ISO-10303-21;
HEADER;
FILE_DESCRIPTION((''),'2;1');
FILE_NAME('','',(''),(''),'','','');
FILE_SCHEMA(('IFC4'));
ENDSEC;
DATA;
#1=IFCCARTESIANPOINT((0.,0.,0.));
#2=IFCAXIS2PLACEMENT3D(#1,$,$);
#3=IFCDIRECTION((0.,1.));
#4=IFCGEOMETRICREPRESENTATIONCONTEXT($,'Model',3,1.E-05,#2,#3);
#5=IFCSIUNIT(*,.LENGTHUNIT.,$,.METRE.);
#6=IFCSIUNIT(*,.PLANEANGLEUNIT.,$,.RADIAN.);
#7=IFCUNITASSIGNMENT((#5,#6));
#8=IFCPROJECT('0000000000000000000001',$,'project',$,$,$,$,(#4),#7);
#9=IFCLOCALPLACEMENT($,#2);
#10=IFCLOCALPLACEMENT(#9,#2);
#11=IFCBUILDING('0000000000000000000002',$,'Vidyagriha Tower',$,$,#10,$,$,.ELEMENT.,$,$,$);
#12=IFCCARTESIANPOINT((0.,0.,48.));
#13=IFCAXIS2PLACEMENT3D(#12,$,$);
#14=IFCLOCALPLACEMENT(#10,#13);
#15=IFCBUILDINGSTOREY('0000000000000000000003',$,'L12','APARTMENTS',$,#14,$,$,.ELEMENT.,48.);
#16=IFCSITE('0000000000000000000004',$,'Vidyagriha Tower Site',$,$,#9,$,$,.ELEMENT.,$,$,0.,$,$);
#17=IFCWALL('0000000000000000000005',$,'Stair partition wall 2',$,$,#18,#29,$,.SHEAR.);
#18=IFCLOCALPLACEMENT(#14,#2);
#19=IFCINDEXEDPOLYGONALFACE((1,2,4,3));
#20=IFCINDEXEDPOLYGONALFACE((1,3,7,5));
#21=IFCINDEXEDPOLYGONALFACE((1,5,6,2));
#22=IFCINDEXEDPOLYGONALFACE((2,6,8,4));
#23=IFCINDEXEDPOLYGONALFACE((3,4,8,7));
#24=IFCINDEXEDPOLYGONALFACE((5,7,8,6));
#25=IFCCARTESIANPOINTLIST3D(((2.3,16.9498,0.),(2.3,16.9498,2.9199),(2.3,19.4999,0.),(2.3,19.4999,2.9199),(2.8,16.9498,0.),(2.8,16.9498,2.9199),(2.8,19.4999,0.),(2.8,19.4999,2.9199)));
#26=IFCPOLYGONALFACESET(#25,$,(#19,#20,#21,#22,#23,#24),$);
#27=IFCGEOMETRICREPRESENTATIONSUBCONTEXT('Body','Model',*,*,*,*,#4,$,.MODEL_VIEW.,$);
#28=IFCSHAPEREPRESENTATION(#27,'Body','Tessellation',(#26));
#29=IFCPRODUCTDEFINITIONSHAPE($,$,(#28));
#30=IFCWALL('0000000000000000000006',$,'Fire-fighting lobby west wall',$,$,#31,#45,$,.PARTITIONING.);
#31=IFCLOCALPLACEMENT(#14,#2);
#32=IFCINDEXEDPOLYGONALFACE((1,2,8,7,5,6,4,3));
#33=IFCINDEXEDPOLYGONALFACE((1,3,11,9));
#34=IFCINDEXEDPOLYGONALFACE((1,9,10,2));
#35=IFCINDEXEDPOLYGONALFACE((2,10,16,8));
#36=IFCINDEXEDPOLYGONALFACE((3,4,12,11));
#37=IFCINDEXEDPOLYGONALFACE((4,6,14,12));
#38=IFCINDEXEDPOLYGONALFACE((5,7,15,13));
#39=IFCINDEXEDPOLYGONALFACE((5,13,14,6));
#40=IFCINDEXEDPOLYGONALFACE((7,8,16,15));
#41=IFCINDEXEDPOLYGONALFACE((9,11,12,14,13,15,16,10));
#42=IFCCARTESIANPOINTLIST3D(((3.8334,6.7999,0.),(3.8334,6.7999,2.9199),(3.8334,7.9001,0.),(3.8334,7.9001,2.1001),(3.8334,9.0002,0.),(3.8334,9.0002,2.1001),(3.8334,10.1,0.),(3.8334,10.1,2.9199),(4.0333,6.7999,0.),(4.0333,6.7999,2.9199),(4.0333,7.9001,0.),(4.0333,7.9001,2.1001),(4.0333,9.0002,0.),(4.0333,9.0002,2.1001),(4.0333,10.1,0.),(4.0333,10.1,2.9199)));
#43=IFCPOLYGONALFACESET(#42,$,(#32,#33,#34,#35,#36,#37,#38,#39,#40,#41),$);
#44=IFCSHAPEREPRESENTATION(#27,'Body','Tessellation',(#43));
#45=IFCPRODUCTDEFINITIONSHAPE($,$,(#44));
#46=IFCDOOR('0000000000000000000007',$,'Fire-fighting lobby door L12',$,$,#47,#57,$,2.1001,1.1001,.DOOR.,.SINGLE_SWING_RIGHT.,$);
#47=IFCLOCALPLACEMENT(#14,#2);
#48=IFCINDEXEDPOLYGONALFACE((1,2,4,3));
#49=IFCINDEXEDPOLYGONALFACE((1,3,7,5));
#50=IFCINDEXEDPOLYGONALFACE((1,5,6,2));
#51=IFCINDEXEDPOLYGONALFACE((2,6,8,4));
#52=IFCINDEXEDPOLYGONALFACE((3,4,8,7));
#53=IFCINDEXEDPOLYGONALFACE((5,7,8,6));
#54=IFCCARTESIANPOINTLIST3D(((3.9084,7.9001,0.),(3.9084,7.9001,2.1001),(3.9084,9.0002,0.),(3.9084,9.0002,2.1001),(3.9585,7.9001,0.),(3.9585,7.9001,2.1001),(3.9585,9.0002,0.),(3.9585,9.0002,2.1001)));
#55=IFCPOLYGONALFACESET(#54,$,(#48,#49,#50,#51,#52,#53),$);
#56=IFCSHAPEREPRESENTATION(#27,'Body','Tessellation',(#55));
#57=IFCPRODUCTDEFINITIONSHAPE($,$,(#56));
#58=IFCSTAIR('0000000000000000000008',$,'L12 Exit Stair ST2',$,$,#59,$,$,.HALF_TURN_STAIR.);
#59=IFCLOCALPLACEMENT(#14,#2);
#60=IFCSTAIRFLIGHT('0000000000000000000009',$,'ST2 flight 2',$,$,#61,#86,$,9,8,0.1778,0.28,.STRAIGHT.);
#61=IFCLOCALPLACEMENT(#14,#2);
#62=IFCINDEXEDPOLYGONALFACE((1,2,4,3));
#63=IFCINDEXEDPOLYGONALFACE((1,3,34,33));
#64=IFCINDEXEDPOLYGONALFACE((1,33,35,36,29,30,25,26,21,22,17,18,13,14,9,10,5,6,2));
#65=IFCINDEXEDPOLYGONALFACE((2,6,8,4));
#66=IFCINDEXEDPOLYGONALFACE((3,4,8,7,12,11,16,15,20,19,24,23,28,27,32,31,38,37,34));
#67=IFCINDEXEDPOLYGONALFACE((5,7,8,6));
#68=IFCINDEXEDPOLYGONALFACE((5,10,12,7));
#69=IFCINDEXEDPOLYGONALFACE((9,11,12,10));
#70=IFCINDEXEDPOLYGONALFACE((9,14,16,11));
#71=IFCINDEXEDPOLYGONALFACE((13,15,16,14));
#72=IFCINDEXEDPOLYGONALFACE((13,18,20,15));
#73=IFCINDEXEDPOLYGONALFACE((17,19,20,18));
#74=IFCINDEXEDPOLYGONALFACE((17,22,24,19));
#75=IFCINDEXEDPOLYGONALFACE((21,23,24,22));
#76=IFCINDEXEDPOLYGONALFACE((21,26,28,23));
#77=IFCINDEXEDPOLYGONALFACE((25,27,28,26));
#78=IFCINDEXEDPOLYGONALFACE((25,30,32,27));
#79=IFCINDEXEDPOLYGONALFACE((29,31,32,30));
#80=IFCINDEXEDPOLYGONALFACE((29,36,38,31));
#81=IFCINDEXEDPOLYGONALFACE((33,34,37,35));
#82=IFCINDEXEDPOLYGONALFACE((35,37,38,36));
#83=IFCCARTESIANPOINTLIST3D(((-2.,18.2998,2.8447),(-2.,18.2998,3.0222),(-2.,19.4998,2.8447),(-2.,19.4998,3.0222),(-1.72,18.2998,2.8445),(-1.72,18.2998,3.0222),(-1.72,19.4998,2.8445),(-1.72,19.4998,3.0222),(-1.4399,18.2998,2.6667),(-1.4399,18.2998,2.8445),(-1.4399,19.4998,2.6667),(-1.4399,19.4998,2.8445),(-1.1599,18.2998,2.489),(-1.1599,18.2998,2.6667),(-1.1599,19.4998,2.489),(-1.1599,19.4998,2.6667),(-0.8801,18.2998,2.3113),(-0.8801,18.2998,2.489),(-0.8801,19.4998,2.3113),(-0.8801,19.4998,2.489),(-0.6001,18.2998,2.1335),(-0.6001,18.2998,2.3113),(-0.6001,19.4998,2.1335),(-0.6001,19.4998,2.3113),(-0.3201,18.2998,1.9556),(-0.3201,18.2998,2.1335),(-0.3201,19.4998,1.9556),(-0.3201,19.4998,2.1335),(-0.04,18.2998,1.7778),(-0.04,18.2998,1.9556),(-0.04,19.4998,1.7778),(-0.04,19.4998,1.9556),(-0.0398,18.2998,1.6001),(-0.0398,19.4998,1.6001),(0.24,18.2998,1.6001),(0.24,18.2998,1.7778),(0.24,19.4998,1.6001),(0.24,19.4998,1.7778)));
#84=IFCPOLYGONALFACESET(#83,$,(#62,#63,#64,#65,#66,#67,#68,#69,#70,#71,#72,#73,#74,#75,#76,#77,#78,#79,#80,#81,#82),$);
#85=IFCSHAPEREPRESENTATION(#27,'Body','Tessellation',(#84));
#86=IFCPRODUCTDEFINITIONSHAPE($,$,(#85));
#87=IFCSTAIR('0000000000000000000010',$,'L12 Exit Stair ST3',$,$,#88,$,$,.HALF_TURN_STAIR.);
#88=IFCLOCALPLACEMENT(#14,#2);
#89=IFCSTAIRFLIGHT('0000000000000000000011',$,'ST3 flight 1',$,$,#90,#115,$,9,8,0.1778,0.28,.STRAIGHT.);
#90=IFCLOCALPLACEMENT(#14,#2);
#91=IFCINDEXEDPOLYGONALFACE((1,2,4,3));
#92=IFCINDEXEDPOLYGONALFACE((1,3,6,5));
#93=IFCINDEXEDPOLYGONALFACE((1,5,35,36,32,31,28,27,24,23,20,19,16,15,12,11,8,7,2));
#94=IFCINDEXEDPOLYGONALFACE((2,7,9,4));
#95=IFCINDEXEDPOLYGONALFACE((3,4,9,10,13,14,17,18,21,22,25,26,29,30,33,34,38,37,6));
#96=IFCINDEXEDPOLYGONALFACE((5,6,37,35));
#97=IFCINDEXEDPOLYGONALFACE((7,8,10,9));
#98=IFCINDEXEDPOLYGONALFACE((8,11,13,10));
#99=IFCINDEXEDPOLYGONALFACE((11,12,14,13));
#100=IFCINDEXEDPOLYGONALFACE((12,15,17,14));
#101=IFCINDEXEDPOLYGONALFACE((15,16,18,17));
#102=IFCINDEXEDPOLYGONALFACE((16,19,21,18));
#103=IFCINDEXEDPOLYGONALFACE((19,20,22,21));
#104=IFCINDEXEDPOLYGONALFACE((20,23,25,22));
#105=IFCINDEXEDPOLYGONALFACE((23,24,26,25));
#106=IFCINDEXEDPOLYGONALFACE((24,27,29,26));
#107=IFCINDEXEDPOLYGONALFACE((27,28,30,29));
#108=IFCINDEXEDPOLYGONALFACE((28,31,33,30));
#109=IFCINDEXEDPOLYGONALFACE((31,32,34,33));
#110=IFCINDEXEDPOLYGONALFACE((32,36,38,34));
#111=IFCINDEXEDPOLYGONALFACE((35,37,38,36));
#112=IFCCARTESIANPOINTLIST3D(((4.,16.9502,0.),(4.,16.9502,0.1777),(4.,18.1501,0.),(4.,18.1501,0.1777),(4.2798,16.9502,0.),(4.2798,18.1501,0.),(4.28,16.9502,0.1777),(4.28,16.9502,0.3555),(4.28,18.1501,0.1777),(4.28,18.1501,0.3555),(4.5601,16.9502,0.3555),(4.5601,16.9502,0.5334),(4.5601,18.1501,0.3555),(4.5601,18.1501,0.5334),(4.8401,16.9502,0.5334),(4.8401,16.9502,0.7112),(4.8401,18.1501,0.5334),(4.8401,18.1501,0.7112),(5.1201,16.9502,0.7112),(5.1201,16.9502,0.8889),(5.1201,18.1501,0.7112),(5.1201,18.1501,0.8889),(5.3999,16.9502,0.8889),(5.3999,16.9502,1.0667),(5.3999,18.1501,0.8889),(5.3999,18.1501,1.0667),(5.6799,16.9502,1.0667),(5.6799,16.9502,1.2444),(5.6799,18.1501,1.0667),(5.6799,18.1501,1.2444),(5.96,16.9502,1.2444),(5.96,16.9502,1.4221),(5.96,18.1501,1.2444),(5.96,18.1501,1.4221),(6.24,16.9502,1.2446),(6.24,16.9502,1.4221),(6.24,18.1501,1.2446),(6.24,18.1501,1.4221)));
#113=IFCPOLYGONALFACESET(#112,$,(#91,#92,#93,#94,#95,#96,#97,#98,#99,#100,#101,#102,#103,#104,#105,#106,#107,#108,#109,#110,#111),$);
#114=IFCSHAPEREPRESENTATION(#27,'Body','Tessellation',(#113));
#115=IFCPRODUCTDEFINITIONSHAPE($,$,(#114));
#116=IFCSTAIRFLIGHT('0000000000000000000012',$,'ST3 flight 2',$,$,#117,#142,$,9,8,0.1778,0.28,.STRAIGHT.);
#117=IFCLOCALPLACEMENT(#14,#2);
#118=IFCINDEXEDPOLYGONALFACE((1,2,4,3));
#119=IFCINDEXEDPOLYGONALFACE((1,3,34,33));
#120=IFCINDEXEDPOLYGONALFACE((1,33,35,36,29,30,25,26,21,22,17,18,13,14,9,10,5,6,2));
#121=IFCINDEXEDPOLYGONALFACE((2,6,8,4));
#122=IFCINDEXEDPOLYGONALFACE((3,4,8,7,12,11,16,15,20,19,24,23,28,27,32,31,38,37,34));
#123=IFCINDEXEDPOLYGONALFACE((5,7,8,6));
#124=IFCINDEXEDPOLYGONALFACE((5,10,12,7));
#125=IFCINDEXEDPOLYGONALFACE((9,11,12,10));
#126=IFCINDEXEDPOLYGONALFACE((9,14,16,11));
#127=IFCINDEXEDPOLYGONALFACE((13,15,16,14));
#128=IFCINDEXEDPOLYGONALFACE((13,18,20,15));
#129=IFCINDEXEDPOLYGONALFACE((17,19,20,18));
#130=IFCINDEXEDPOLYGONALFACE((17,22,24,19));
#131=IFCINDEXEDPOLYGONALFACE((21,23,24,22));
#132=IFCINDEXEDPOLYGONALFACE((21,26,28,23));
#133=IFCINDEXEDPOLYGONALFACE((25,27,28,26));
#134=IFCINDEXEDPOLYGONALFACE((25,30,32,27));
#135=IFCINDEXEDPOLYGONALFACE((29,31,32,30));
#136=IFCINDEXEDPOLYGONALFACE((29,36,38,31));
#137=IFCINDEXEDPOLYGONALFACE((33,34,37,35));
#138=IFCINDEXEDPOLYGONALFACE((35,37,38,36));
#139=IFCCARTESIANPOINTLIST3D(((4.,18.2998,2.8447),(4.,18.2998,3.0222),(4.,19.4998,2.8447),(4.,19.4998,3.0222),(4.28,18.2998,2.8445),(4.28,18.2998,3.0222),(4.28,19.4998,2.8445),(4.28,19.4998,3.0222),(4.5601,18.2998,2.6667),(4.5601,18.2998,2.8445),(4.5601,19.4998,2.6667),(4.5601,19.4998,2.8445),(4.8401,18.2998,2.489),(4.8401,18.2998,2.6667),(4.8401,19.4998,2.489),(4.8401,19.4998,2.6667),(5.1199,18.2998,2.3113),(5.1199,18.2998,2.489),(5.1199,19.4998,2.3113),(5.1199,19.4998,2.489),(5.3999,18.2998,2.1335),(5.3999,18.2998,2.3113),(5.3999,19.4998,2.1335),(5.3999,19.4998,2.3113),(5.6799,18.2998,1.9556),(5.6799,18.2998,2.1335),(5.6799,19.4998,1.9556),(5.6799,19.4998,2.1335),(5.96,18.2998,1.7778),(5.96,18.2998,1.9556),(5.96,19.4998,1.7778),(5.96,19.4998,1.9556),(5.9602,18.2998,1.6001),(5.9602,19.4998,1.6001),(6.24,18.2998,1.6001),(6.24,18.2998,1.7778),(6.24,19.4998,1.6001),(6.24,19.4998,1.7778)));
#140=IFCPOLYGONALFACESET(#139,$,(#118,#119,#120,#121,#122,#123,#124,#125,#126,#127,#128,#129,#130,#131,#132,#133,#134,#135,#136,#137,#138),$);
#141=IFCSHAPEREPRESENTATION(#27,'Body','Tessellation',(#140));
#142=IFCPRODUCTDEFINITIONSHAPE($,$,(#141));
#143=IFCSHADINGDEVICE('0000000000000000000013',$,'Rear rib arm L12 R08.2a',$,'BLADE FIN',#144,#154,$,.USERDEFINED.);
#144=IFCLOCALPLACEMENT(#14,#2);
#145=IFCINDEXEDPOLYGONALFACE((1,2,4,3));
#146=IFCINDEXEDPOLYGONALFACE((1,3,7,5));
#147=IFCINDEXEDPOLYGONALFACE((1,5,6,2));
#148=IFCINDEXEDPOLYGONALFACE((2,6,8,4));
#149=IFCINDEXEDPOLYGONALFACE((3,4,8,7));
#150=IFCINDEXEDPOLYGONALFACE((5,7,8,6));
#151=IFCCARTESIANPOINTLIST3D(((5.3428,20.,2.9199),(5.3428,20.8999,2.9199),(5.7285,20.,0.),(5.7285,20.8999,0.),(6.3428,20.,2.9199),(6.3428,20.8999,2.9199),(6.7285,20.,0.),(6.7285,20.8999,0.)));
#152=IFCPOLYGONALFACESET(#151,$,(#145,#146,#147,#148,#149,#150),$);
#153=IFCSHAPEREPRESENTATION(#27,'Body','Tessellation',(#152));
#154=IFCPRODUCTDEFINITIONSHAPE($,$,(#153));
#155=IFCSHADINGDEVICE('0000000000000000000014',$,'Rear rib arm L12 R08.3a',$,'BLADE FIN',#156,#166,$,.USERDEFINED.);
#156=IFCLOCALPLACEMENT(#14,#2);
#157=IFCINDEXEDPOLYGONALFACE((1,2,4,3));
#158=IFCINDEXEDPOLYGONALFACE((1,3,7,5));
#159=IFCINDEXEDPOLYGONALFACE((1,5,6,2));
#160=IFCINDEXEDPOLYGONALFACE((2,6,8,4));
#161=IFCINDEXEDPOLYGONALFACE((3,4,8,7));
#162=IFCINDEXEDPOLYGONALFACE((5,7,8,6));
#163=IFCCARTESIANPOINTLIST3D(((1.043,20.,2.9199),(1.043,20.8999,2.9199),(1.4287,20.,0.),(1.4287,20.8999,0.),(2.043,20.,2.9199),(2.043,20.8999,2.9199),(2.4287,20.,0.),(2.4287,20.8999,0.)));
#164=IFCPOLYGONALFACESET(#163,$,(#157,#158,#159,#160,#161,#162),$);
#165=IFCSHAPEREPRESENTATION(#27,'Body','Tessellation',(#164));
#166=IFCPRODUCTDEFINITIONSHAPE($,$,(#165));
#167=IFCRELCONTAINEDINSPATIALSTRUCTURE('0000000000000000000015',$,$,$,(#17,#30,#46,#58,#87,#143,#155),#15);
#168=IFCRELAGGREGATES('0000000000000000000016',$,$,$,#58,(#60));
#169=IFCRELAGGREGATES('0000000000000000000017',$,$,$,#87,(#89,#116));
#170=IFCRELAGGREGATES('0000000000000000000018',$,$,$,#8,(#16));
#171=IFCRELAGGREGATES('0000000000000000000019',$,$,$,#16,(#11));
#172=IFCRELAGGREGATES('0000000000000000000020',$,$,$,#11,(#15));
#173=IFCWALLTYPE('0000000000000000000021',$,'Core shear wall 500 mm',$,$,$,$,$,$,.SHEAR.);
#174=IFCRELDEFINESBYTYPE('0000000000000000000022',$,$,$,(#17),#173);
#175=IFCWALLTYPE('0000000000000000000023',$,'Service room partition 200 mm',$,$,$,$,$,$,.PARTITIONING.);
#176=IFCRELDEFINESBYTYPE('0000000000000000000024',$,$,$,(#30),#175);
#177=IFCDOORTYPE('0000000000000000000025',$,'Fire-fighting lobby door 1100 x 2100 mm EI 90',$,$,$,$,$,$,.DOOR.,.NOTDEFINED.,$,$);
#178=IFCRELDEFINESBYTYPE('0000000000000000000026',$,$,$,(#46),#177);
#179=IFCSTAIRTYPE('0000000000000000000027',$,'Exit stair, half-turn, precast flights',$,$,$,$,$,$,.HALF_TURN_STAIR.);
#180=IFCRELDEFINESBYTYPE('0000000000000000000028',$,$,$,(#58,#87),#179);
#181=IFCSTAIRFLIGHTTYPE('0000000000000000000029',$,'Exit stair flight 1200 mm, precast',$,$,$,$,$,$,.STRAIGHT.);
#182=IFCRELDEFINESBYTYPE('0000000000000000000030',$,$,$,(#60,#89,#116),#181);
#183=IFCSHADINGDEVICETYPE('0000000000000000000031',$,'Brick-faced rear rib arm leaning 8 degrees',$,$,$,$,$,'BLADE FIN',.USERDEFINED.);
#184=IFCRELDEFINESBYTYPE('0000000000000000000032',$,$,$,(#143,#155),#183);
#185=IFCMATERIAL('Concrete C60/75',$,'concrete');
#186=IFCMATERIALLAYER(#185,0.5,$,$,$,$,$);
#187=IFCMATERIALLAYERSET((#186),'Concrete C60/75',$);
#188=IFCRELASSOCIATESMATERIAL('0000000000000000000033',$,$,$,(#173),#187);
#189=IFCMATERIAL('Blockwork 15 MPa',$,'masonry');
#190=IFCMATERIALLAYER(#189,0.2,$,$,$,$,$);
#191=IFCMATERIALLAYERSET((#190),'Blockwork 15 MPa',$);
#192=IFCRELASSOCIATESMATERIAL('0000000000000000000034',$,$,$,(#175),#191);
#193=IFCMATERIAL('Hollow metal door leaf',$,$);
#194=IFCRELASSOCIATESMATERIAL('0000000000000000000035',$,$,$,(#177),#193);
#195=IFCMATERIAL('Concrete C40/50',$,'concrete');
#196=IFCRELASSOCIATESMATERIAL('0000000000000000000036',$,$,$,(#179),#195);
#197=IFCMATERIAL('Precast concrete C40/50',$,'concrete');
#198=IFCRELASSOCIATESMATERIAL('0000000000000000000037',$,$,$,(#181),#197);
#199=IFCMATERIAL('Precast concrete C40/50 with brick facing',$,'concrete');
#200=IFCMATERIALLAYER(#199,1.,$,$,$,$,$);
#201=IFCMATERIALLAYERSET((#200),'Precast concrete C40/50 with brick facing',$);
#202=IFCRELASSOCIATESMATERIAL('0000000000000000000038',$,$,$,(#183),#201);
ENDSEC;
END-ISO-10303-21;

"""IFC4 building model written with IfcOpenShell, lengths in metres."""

from ifc_helpers import new_model, si_unit, direction, frame, frame_2d, origin, place, context, subcontext, project, spatial, polyline, rectangle, outline, extrude, material, layer, layer_set, type_object, element, fill, aggregate, save


model = new_model("IFC4")

# Units and contexts
model_context = context("Model", 3, precision=1e-05, world=origin(), true_north=direction((0.0, 1.0)))
body_context = subcontext(model_context, "Body", "Model", "MODEL_VIEW")
ifc_project = project(units=[si_unit("LENGTHUNIT", "METRE"), si_unit("PLANEANGLEUNIT", "RADIAN")], contexts=[model_context])

# Site, building, storey
site_placement = place(None, origin())
site = spatial("IfcSite", under=ifc_project, at=site_placement, Name="Vidyagriha Tower Site", CompositionType="ELEMENT", RefElevation=0.0)
building_placement = place(site_placement, origin())
building = spatial("IfcBuilding", under=site, at=building_placement, Name="Vidyagriha Tower", CompositionType="ELEMENT")
storey_placement = place(building_placement, frame((0.0, 0.0, 48.0)))
storey = spatial("IfcBuildingStorey", under=building, at=storey_placement, Name="L12", Description="APARTMENTS", CompositionType="ELEMENT", Elevation=48.0)

# Wall
ifc_material_1 = material(Name="Concrete C60/75", Category="concrete")
ifc_layer_1 = layer(ifc_material_1, 0.5)
ifc_layer_set_1 = layer_set([ifc_layer_1], Name="Concrete C60/75")
wall_type_1 = type_object("IfcWallType", Name="Core shear wall 500 mm", PredefinedType="SHEAR", material=ifc_layer_set_1)
wall_1_placement = place(storey_placement, frame((2.55, 16.95, 0.0), z_axis=(0.0, 0.0, 1.0), x_axis=(0.0, 1.0, 0.0)))
element("IfcWall", 1, at=wall_1_placement, inside=storey, type_object=wall_type_1, Name="Stair partition wall 2", PredefinedType="SHEAR", context=body_context, shape_type="SweptSolid", body=[
    extrude(rectangle(XDim=2.55, YDim=0.5, at=frame_2d((1.2749, 0.0))), origin(), (0.0, 0.0, 1.0), 2.9199),
])

# Wall, opening, door
ifc_material_2 = material(Name="Blockwork 15 MPa", Category="masonry")
ifc_layer_2 = layer(ifc_material_2, 0.2)
ifc_layer_set_2 = layer_set([ifc_layer_2], Name="Blockwork 15 MPa")
wall_type_2 = type_object("IfcWallType", Name="Service room partition 200 mm", PredefinedType="PARTITIONING", material=ifc_layer_set_2)
wall_2_placement = place(storey_placement, frame((3.9333, 6.8, 0.0), z_axis=(0.0, 0.0, 1.0), x_axis=(0.0, 1.0, 0.0)))
wall_2 = element("IfcWall", 2, at=wall_2_placement, inside=storey, type_object=wall_type_2, Name="Fire-fighting lobby west wall", PredefinedType="PARTITIONING", context=body_context, shape_type="SweptSolid", body=[
    extrude(rectangle(XDim=3.3, YDim=0.2, at=frame_2d((1.6499, 0.0))), origin(), (0.0, 0.0, 1.0), 2.9199),
])
opening_1_placement = place(wall_2_placement, frame((1.1001, 0.0, 0.0)))
opening_1 = element("IfcOpeningElement", 3, at=opening_1_placement, cuts=wall_2, PredefinedType="OPENING", context=body_context, shape_type="SweptSolid", body=[
    extrude(rectangle(XDim=1.1001, YDim=2.1001, at=frame_2d((0.55, 1.05))), frame((0.0, 0.1099, 0.0), z_axis=(0.0, -1.0, 0.0), x_axis=(1.0, 0.0, 0.0)), (0.0, 0.0, 1.0), 0.22),
])
ifc_material_3 = material(Name="Hollow metal door leaf")
door_type_1 = type_object("IfcDoorType", Name="Fire-fighting lobby door 1100 x 2100 mm EI 90", OperationType="NOTDEFINED", PredefinedType="DOOR", material=ifc_material_3)
door_1_placement = place(opening_1_placement, origin())
door_1 = element("IfcDoor", 4, at=door_1_placement, inside=storey, type_object=door_type_1, Name="Fire-fighting lobby door L12", OperationType="SINGLE_SWING_RIGHT", OverallHeight=2.1001, OverallWidth=1.1001, PredefinedType="DOOR", context=body_context, shape_type="SweptSolid", body=[
    extrude(rectangle(XDim=1.1001, YDim=2.1001, at=frame_2d((0.55, 1.05))), frame((0.0, 0.0249, 0.0), z_axis=(0.0, -1.0, 0.0), x_axis=(1.0, 0.0, 0.0)), (0.0, 0.0, 1.0), 0.05),
])
fill(opening_1, door_1)

# Stair, stair flight
ifc_material_4 = material(Name="Concrete C40/50", Category="concrete")
stair_type = type_object("IfcStairType", Name="Exit stair, half-turn, precast flights", PredefinedType="HALF_TURN_STAIR", material=ifc_material_4)
stair_1_placement = place(storey_placement, origin())
stair_1 = element("IfcStair", 5, at=stair_1_placement, inside=storey, type_object=stair_type, Name="L12 Exit Stair ST2", PredefinedType="HALF_TURN_STAIR")
ifc_material_5 = material(Name="Precast concrete C40/50", Category="concrete")
stair_flight_type = type_object("IfcStairFlightType", Name="Exit stair flight 1200 mm, precast", PredefinedType="STRAIGHT", material=ifc_material_5)
stair_flight_1_placement = place(storey_placement, frame((0.24, 18.8999, 1.6001), z_axis=(0.0, 0.0, 1.0), x_axis=(-1.0, 0.0, 0.0)))
stair_flight_1 = element("IfcStairFlight", 6, at=stair_flight_1_placement, type_object=stair_flight_type, Name="ST2 flight 2", NumberOfRisers=9, NumberOfTreads=8, PredefinedType="STRAIGHT", RiserHeight=0.1778, TreadLength=0.28, context=body_context, shape_type="SweptSolid", body=[
    extrude(outline(polyline([(0.0, 0.0), (0.0, 0.1777), (0.28, 0.1777), (0.28, 0.3555), (0.5601, 0.3555), (0.5601, 0.5334), (0.8401, 0.5334), (0.8401, 0.7112), (1.1201, 0.7112), (1.1201, 0.8889), (1.3999, 0.8889), (1.3999, 1.0667), (1.6799, 1.0667), (1.6799, 1.2444), (1.96, 1.2444), (1.96, 1.4221), (2.24, 1.4221), (2.24, 1.6001), (2.24, 1.2446), (0.2798, 0.0), (0.0, 0.0)])), frame((0.0, 0.6001, 0.0), z_axis=(0.0, -1.0, 0.0), x_axis=(1.0, 0.0, 0.0)), (0.0, 0.0, 1.0), 1.2),
])
aggregate(stair_1, [stair_flight_1])

# Stair, stair flights
stair_2_placement = place(storey_placement, origin())
stair_2 = element("IfcStair", 7, at=stair_2_placement, inside=storey, type_object=stair_type, Name="L12 Exit Stair ST3", PredefinedType="HALF_TURN_STAIR")
stair_flight_2_placement = place(storey_placement, frame((4.0, 17.55, 0.0)))
stair_flight_2 = element("IfcStairFlight", 8, at=stair_flight_2_placement, type_object=stair_flight_type, Name="ST3 flight 1", NumberOfRisers=9, NumberOfTreads=8, PredefinedType="STRAIGHT", RiserHeight=0.1778, TreadLength=0.28, context=body_context, shape_type="SweptSolid", body=[
    extrude(outline(polyline([(0.0, 0.0), (0.0, 0.1777), (0.28, 0.1777), (0.28, 0.3555), (0.5601, 0.3555), (0.5601, 0.5334), (0.8401, 0.5334), (0.8401, 0.7112), (1.1201, 0.7112), (1.1201, 0.8889), (1.3999, 0.8889), (1.3999, 1.0667), (1.6799, 1.0667), (1.6799, 1.2444), (1.96, 1.2444), (1.96, 1.4221), (2.24, 1.4221), (2.24, 1.6001), (2.24, 1.2446), (0.2798, 0.0), (0.0, 0.0)])), frame((0.0, 0.6001, 0.0), z_axis=(0.0, -1.0, 0.0), x_axis=(1.0, 0.0, 0.0)), (0.0, 0.0, 1.0), 1.2),
])
stair_flight_3_placement = place(storey_placement, frame((6.24, 18.8999, 1.6001), z_axis=(0.0, 0.0, 1.0), x_axis=(-1.0, 0.0, 0.0)))
stair_flight_3 = element("IfcStairFlight", 9, at=stair_flight_3_placement, type_object=stair_flight_type, Name="ST3 flight 2", NumberOfRisers=9, NumberOfTreads=8, PredefinedType="STRAIGHT", RiserHeight=0.1778, TreadLength=0.28, context=body_context, shape_type="SweptSolid", body=[
    extrude(outline(polyline([(0.0, 0.0), (0.0, 0.1777), (0.28, 0.1777), (0.28, 0.3555), (0.5601, 0.3555), (0.5601, 0.5334), (0.8401, 0.5334), (0.8401, 0.7112), (1.1201, 0.7112), (1.1201, 0.8889), (1.3999, 0.8889), (1.3999, 1.0667), (1.6799, 1.0667), (1.6799, 1.2444), (1.96, 1.2444), (1.96, 1.4221), (2.24, 1.4221), (2.24, 1.6001), (2.24, 1.2446), (0.2798, 0.0), (0.0, 0.0)])), frame((0.0, 0.6001, 0.0), z_axis=(0.0, -1.0, 0.0), x_axis=(1.0, 0.0, 0.0)), (0.0, 0.0, 1.0), 1.2),
])
aggregate(stair_2, [stair_flight_2, stair_flight_3])

# Shading devices
ifc_material_6 = material(Name="Precast concrete C40/50 with brick facing", Category="concrete")
ifc_layer_3 = layer(ifc_material_6, 1.0)
ifc_layer_set_3 = layer_set([ifc_layer_3], Name="Precast concrete C40/50 with brick facing")
shading_device_type = type_object("IfcShadingDeviceType", Name="Brick-faced rear rib arm leaning 8 degrees", ElementType="BLADE FIN", PredefinedType="USERDEFINED", material=ifc_layer_set_3)
for number, where, z_axis, x_axis, name in (
    (10, (6.7285, 20.45, 0.0), (0.0, 0.0, 1.0), (-1.0, 0.0, 0.0), "Rear rib arm L12 R08.2a"),
    (11, (2.4287, 20.45, 0.0), (0.0, 0.0, 1.0), (-1.0, 0.0, 0.0), "Rear rib arm L12 R08.3a"),
):
    element("IfcShadingDevice", number, at=place(storey_placement, frame(where, z_axis=z_axis, x_axis=x_axis)), inside=storey, type_object=shading_device_type, Name=name, ObjectType="BLADE FIN", PredefinedType="USERDEFINED", context=body_context, shape_type="SweptSolid", body=[
        extrude(outline(polyline([(0.0, 0.0), (1.0, 0.0), (1.3857, 2.9199), (0.3857, 2.9199), (0.0, 0.0)])), frame((0.0, 0.45, 0.0), z_axis=(0.0, -1.0, 0.0), x_axis=(1.0, 0.0, 0.0)), (0.0, 0.0, 1.0), 0.8999),
    ])

save(model, "model.ifc")
